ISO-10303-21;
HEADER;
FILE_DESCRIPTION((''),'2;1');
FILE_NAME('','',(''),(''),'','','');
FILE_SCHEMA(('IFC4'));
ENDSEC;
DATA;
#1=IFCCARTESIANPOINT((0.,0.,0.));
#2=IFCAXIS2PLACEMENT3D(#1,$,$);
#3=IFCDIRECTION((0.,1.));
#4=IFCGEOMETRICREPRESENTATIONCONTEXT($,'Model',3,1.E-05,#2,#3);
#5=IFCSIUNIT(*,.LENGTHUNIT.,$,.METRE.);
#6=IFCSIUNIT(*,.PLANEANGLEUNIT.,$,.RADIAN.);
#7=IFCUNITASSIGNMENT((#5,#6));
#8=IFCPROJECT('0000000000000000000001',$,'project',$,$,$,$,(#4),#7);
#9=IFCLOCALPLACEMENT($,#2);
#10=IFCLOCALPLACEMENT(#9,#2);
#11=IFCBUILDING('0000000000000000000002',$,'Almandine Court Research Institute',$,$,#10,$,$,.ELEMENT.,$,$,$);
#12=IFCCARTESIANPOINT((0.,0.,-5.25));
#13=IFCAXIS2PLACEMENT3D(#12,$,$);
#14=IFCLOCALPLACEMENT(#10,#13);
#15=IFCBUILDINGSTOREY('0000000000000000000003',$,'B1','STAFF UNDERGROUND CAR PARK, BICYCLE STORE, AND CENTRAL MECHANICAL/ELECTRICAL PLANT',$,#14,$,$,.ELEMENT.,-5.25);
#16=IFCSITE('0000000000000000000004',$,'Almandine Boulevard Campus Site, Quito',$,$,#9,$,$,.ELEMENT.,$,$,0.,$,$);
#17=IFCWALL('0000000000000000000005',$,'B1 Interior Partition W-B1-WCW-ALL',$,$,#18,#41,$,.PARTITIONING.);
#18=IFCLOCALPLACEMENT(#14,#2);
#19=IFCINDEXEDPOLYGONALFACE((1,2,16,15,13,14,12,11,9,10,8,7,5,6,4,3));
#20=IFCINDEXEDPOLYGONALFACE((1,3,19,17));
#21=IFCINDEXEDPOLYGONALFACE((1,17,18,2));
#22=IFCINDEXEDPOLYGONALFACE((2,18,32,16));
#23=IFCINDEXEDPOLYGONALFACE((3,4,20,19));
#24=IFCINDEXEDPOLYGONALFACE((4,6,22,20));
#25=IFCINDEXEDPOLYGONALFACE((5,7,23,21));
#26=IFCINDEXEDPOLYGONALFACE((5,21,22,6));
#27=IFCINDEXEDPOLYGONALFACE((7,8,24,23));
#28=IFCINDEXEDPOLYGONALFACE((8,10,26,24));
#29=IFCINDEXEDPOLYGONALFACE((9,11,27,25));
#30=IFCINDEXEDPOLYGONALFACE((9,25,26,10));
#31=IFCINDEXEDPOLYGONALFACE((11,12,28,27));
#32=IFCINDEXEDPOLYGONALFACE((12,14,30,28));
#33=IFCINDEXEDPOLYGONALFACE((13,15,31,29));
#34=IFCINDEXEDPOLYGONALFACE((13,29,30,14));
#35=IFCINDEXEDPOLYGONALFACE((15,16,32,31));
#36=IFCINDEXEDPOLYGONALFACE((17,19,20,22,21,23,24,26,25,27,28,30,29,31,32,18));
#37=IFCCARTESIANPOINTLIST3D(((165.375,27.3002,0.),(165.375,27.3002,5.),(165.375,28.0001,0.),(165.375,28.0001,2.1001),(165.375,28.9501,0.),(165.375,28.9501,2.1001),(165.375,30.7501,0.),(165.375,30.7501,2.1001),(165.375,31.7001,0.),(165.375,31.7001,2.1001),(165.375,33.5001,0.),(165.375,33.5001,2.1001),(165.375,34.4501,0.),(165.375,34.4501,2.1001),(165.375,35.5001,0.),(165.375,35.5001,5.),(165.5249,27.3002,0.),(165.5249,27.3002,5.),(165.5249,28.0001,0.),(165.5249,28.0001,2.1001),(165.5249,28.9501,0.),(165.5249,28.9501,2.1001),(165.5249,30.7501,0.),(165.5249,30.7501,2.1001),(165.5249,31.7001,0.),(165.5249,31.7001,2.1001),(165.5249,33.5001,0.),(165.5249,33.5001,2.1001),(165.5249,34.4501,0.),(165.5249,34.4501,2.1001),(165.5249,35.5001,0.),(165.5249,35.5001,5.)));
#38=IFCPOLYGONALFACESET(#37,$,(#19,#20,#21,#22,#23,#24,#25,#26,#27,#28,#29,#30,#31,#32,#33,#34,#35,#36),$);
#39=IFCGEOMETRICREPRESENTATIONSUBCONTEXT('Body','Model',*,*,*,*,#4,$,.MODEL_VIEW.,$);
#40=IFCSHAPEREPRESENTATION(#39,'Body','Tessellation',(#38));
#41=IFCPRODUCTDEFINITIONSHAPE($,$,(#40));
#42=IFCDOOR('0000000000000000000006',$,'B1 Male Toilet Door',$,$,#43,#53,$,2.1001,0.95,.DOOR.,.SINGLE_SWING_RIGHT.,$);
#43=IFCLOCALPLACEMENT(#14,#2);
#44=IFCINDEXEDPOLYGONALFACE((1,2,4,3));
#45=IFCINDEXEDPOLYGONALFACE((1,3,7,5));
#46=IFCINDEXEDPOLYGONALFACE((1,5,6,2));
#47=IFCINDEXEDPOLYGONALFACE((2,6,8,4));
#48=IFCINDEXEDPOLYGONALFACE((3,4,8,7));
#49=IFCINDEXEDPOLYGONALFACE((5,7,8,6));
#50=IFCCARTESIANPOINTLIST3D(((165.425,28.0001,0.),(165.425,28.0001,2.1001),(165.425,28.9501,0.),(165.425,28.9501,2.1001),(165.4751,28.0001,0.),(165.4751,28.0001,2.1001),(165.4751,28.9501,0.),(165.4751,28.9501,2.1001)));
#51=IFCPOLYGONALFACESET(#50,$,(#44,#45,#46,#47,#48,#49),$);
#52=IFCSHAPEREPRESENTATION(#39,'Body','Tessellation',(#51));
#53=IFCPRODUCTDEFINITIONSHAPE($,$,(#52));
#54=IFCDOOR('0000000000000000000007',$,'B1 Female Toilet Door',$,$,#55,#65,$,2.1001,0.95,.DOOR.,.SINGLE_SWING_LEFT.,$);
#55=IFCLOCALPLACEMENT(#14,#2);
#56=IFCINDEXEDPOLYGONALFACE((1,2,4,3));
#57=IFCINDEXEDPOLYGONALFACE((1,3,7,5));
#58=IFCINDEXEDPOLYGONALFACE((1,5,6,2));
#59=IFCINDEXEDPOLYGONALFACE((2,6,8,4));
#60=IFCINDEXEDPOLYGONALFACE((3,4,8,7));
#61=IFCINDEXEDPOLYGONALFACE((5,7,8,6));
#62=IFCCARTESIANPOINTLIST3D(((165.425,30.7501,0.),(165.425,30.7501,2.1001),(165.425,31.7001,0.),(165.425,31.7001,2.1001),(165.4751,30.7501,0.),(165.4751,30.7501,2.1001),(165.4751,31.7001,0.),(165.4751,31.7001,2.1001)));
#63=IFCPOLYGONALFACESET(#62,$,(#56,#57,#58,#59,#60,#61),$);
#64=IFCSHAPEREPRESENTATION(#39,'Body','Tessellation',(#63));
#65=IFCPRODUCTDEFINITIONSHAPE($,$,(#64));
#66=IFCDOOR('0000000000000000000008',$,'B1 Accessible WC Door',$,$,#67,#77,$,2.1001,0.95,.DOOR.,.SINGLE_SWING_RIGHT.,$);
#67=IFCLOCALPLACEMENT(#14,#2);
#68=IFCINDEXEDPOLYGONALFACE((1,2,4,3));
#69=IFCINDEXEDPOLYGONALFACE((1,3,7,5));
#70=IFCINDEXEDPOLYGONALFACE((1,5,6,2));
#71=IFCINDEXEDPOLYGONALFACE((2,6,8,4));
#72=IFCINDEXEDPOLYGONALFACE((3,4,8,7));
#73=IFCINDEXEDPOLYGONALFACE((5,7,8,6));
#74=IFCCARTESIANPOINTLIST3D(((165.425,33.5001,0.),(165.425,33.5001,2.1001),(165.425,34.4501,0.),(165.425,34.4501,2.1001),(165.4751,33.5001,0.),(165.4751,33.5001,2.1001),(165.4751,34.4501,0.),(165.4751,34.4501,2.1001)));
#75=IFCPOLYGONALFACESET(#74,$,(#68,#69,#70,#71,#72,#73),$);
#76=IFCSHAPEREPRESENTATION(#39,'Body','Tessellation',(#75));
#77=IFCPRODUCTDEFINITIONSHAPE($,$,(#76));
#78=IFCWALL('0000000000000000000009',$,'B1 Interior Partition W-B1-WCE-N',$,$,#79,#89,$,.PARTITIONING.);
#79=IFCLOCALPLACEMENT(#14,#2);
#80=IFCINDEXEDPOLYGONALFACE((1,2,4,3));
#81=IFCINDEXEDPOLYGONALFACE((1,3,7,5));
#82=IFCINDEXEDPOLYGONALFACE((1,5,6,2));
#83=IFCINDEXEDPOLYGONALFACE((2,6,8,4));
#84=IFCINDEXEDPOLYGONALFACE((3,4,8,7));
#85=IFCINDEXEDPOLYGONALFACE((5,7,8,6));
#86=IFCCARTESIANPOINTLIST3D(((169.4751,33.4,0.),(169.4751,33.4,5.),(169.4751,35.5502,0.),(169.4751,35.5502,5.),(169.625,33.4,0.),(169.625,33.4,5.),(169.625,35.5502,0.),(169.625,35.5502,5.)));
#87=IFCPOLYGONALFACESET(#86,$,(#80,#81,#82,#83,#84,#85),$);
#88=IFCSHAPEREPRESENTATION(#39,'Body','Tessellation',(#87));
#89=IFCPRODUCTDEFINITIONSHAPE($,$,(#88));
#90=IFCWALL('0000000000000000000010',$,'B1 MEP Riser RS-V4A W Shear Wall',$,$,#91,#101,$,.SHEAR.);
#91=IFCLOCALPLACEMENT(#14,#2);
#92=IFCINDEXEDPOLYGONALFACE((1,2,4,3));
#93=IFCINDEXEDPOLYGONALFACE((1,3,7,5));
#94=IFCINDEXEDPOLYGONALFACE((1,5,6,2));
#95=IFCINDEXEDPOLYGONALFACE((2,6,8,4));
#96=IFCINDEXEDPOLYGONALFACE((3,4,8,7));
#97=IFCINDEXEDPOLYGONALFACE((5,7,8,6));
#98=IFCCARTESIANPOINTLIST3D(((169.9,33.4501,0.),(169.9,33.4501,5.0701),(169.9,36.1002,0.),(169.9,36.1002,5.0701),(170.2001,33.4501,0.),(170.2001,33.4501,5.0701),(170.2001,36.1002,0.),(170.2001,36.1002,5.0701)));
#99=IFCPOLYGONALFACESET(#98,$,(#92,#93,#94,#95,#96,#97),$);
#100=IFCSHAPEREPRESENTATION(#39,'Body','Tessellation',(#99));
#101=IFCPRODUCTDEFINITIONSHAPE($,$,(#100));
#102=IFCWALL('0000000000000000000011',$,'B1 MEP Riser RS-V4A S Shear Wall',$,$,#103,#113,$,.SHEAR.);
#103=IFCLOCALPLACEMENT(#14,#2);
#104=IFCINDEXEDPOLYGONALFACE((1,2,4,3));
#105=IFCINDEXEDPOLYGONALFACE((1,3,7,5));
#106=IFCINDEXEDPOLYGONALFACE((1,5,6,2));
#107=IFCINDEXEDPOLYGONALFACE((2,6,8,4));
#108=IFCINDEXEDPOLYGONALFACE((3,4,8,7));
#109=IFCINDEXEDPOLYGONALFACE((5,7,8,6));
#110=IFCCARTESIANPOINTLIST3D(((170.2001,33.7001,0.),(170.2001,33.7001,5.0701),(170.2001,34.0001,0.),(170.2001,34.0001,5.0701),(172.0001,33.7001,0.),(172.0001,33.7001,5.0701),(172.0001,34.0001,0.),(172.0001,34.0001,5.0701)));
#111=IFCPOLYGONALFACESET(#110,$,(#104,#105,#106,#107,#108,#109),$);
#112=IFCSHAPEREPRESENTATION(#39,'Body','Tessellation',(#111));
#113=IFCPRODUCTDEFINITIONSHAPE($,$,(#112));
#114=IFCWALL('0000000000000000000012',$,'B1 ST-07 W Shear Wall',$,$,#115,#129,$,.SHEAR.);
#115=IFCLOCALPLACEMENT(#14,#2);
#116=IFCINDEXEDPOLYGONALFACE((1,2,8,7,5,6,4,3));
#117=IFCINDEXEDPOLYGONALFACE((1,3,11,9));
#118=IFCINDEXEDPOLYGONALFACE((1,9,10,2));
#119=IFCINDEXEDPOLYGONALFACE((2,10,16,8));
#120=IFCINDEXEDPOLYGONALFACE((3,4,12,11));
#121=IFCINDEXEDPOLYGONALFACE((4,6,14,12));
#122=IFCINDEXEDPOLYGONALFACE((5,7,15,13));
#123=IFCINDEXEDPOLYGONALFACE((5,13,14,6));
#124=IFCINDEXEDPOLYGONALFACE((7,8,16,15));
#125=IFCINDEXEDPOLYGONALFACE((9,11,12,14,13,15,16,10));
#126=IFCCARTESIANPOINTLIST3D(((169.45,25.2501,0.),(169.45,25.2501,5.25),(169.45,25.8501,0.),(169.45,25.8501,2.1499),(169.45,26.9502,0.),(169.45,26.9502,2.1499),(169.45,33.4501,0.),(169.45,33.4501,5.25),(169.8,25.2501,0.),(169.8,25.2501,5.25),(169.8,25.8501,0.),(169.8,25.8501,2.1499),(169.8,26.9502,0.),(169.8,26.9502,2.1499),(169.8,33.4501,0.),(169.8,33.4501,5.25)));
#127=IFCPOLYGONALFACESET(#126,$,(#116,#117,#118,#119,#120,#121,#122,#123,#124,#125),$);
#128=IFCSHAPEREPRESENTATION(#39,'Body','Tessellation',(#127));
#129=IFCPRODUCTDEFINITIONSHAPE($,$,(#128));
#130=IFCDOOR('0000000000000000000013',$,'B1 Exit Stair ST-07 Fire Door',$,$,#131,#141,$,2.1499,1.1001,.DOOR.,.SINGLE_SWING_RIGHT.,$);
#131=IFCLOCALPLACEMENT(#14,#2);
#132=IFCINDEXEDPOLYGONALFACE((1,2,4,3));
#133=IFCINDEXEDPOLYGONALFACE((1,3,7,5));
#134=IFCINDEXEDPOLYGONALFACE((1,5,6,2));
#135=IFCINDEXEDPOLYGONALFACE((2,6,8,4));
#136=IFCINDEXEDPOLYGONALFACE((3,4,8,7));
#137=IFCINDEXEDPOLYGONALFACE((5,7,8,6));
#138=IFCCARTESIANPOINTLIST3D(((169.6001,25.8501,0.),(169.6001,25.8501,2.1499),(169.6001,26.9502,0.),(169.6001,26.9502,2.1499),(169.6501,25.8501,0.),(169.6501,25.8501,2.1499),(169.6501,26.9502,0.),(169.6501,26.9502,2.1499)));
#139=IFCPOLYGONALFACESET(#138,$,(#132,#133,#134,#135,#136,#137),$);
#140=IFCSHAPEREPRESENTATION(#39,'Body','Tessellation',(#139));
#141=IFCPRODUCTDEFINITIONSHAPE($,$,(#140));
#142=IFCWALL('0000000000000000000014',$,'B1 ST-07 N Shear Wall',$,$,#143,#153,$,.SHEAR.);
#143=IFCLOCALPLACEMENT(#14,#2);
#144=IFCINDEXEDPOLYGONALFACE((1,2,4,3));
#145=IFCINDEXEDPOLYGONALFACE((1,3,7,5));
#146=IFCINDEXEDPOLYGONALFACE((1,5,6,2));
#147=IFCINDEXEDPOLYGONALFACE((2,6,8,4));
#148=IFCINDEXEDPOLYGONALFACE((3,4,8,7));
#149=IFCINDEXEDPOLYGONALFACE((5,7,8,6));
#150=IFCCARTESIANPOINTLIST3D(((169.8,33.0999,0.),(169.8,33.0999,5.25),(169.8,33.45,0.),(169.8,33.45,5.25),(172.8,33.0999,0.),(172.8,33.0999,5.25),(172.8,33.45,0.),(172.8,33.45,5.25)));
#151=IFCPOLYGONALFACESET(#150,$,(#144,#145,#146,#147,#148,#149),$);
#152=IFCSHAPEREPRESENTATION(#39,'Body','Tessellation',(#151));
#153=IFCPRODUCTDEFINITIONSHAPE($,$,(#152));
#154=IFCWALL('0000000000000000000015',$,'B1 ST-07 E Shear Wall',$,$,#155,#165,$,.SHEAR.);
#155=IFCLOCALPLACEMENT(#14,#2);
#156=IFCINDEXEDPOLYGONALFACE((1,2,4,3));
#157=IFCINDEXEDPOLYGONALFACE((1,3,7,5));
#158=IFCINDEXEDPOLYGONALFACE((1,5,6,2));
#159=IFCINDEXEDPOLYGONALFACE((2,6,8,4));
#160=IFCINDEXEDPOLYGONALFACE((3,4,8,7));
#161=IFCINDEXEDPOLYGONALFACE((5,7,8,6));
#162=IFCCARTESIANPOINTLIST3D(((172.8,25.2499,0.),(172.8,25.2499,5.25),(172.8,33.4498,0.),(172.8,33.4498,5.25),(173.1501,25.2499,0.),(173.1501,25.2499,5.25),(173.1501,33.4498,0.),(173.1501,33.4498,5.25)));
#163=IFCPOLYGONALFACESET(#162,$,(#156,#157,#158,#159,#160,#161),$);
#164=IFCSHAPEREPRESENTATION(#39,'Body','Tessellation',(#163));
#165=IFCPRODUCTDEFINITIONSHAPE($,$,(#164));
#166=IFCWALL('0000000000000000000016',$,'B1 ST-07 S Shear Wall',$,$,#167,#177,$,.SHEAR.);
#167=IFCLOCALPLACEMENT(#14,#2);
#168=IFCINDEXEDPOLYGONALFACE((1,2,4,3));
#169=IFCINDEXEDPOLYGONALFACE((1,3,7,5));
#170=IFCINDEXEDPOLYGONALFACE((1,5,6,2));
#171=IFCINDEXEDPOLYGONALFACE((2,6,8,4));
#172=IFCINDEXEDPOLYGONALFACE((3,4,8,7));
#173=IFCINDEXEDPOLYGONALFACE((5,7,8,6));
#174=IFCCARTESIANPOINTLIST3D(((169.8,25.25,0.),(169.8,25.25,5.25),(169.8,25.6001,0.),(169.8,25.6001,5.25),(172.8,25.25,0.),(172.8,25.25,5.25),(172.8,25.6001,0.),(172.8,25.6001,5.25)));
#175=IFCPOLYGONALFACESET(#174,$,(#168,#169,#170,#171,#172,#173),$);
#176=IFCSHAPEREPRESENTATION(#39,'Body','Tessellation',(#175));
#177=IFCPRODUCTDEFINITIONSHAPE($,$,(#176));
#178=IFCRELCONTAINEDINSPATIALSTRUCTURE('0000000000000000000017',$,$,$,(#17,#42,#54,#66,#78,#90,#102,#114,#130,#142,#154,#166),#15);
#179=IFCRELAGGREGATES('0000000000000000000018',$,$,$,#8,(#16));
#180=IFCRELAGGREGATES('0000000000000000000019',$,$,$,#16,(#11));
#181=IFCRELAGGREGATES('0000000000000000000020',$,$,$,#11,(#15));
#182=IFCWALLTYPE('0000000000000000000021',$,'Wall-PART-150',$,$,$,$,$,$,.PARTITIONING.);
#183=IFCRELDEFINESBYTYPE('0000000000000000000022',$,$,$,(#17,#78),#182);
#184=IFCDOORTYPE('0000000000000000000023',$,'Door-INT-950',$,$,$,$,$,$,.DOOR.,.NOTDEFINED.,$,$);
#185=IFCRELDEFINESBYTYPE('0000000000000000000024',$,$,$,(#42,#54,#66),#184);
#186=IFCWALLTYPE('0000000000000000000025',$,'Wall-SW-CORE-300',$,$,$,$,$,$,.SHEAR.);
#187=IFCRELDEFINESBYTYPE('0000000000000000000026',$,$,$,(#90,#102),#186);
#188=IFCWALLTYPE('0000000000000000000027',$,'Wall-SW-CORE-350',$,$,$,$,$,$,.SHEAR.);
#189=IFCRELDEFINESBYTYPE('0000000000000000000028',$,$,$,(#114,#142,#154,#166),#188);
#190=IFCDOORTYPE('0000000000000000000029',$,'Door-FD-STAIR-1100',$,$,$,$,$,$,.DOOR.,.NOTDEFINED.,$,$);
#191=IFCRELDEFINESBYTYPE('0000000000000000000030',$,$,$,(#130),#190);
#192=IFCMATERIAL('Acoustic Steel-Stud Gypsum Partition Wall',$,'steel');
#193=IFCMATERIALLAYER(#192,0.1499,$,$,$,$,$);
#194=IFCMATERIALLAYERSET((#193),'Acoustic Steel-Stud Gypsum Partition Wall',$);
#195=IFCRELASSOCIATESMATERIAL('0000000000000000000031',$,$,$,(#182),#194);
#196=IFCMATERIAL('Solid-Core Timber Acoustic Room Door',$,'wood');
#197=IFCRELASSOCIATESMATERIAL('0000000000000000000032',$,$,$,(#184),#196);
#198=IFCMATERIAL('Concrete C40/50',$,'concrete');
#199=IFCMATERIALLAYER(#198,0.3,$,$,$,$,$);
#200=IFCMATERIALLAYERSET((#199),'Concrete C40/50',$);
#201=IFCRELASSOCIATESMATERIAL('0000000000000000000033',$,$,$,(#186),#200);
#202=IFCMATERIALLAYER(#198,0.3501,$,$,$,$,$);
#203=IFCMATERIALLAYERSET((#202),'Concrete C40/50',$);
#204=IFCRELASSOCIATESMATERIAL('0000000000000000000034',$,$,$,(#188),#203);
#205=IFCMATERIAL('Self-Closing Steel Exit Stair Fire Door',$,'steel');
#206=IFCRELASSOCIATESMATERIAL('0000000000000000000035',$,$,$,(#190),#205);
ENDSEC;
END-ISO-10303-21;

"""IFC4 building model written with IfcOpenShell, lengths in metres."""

from ifc_helpers import new_model, si_unit, direction, frame, frame_2d, origin, place, context, subcontext, project, spatial, rectangle, extrude, material, layer, layer_set, type_object, element, fill, save


model = new_model("IFC4")

# Units and contexts
model_context = context("Model", 3, precision=1e-05, world=origin(), true_north=direction((0.0, 1.0)))
body_context = subcontext(model_context, "Body", "Model", "MODEL_VIEW")
ifc_project = project(units=[si_unit("LENGTHUNIT", "METRE"), si_unit("PLANEANGLEUNIT", "RADIAN")], contexts=[model_context])

# Site, building, storey
site_placement = place(None, origin())
site = spatial("IfcSite", under=ifc_project, at=site_placement, Name="Almandine Boulevard Campus Site, Quito", CompositionType="ELEMENT", RefElevation=0.0)
building_placement = place(site_placement, origin())
building = spatial("IfcBuilding", under=site, at=building_placement, Name="Almandine Court Research Institute", CompositionType="ELEMENT")
storey_placement = place(building_placement, frame((0.0, 0.0, -5.25)))
storey = spatial("IfcBuildingStorey", under=building, at=storey_placement, Name="B1", Description="STAFF UNDERGROUND CAR PARK, BICYCLE STORE, AND CENTRAL MECHANICAL/ELECTRICAL PLANT", CompositionType="ELEMENT", Elevation=-5.25)

# Shared definitions
ifc_material_1 = material(Name="Concrete C40/50", Category="concrete")

# Shared definitions
ifc_material_2 = material(Name="Acoustic Steel-Stud Gypsum Partition Wall", Category="steel")
ifc_layer_1 = layer(ifc_material_2, 0.1499)
ifc_layer_set_1 = layer_set([ifc_layer_1], Name="Acoustic Steel-Stud Gypsum Partition Wall")
wall_type_1 = type_object("IfcWallType", Name="Wall-PART-150", PredefinedType="PARTITIONING", material=ifc_layer_set_1)

# Wall, openings, doors
wall_1_placement = place(storey_placement, frame((165.45, 27.3, 0.0), z_axis=(0.0, 0.0, 1.0), x_axis=(0.0, 1.0, 0.0)))
wall_1 = element("IfcWall", 1, at=wall_1_placement, inside=storey, type_object=wall_type_1, Name="B1 Interior Partition W-B1-WCW-ALL", PredefinedType="PARTITIONING", context=body_context, shape_type="SweptSolid", body=[
    extrude(rectangle(XDim=8.2, YDim=0.1499, at=frame_2d((4.1001, 0.0))), origin(), (0.0, 0.0, 1.0), 5.0),
])
opening_1_placement = place(wall_1_placement, frame((0.7, 0.0, 0.0)))
opening_1 = element("IfcOpeningElement", 2, at=opening_1_placement, cuts=wall_1, PredefinedType="OPENING", context=body_context, shape_type="SweptSolid", body=[
    extrude(rectangle(XDim=0.95, YDim=2.1001, at=frame_2d((0.4751, 1.05))), frame((0.0, 0.085, 0.0), z_axis=(0.0, -1.0, 0.0), x_axis=(1.0, 0.0, 0.0)), (0.0, 0.0, 1.0), 0.1699),
])
opening_2_placement = place(wall_1_placement, frame((3.45, 0.0, 0.0)))
opening_2 = element("IfcOpeningElement", 3, at=opening_2_placement, cuts=wall_1, PredefinedType="OPENING", context=body_context, shape_type="SweptSolid", body=[
    extrude(rectangle(XDim=0.95, YDim=2.1001, at=frame_2d((0.4751, 1.05))), frame((0.0, 0.085, 0.0), z_axis=(0.0, -1.0, 0.0), x_axis=(1.0, 0.0, 0.0)), (0.0, 0.0, 1.0), 0.1699),
])
opening_3_placement = place(wall_1_placement, frame((6.2, 0.0, 0.0)))
opening_3 = element("IfcOpeningElement", 4, at=opening_3_placement, cuts=wall_1, PredefinedType="OPENING", context=body_context, shape_type="SweptSolid", body=[
    extrude(rectangle(XDim=0.95, YDim=2.1001, at=frame_2d((0.4751, 1.05))), frame((0.0, 0.085, 0.0), z_axis=(0.0, -1.0, 0.0), x_axis=(1.0, 0.0, 0.0)), (0.0, 0.0, 1.0), 0.1699),
])
ifc_material_3 = material(Name="Solid-Core Timber Acoustic Room Door", Category="wood")
door_type_1 = type_object("IfcDoorType", Name="Door-INT-950", OperationType="NOTDEFINED", PredefinedType="DOOR", material=ifc_material_3)
door_1_placement = place(opening_1_placement, origin())
door_1 = element("IfcDoor", 5, at=door_1_placement, inside=storey, type_object=door_type_1, Name="B1 Male Toilet Door", OperationType="SINGLE_SWING_RIGHT", OverallHeight=2.1001, OverallWidth=0.95, PredefinedType="DOOR", context=body_context, shape_type="SweptSolid", body=[
    extrude(rectangle(XDim=0.95, YDim=2.1001, at=frame_2d((0.4751, 1.05))), frame((0.0, 0.0249, 0.0), z_axis=(0.0, -1.0, 0.0), x_axis=(1.0, 0.0, 0.0)), (0.0, 0.0, 1.0), 0.05),
])
fill(opening_1, door_1)
door_2_placement = place(opening_2_placement, origin())
door_2 = element("IfcDoor", 6, at=door_2_placement, inside=storey, type_object=door_type_1, Name="B1 Female Toilet Door", OperationType="SINGLE_SWING_LEFT", OverallHeight=2.1001, OverallWidth=0.95, PredefinedType="DOOR", context=body_context, shape_type="SweptSolid", body=[
    extrude(rectangle(XDim=0.95, YDim=2.1001, at=frame_2d((0.4751, 1.05))), frame((0.0, 0.0249, 0.0), z_axis=(0.0, -1.0, 0.0), x_axis=(1.0, 0.0, 0.0)), (0.0, 0.0, 1.0), 0.05),
])
fill(opening_2, door_2)
door_3_placement = place(opening_3_placement, origin())
door_3 = element("IfcDoor", 7, at=door_3_placement, inside=storey, type_object=door_type_1, Name="B1 Accessible WC Door", OperationType="SINGLE_SWING_RIGHT", OverallHeight=2.1001, OverallWidth=0.95, PredefinedType="DOOR", context=body_context, shape_type="SweptSolid", body=[
    extrude(rectangle(XDim=0.95, YDim=2.1001, at=frame_2d((0.4751, 1.05))), frame((0.0, 0.0249, 0.0), z_axis=(0.0, -1.0, 0.0), x_axis=(1.0, 0.0, 0.0)), (0.0, 0.0, 1.0), 0.05),
])
fill(opening_3, door_3)

# Walls
wall_2_placement = place(storey_placement, frame((169.55, 33.3999, 0.0), z_axis=(0.0, 0.0, 1.0), x_axis=(0.0, 1.0, 0.0)))
element("IfcWall", 8, at=wall_2_placement, inside=storey, type_object=wall_type_1, Name="B1 Interior Partition W-B1-WCE-N", PredefinedType="PARTITIONING", context=body_context, shape_type="SweptSolid", body=[
    extrude(rectangle(XDim=2.1501, YDim=0.1499, at=frame_2d((1.0752, 0.0))), origin(), (0.0, 0.0, 1.0), 5.0),
])
ifc_layer_2 = layer(ifc_material_1, 0.3)
ifc_layer_set_2 = layer_set([ifc_layer_2], Name="Concrete C40/50")
wall_type_2 = type_object("IfcWallType", Name="Wall-SW-CORE-300", PredefinedType="SHEAR", material=ifc_layer_set_2)
wall_3_placement = place(storey_placement, frame((170.05, 33.45, 0.0), z_axis=(0.0, 0.0, 1.0), x_axis=(0.0, 1.0, 0.0)))
element("IfcWall", 9, at=wall_3_placement, inside=storey, type_object=wall_type_2, Name="B1 MEP Riser RS-V4A W Shear Wall", PredefinedType="SHEAR", context=body_context, shape_type="SweptSolid", body=[
    extrude(rectangle(XDim=2.6501, YDim=0.3, at=frame_2d((1.3252, 0.0))), origin(), (0.0, 0.0, 1.0), 5.0701),
])
wall_4_placement = place(storey_placement, frame((172.0, 33.8501, 0.0), z_axis=(0.0, 0.0, 1.0), x_axis=(-1.0, 0.0, 0.0)))
element("IfcWall", 10, at=wall_4_placement, inside=storey, type_object=wall_type_2, Name="B1 MEP Riser RS-V4A S Shear Wall", PredefinedType="SHEAR", context=body_context, shape_type="SweptSolid", body=[
    extrude(rectangle(XDim=1.8, YDim=0.3, at=frame_2d((0.8999, 0.0))), origin(), (0.0, 0.0, 1.0), 5.0701),
])

# Wall, opening, door
ifc_layer_3 = layer(ifc_material_1, 0.3501)
ifc_layer_set_3 = layer_set([ifc_layer_3], Name="Concrete C40/50")
wall_type_3 = type_object("IfcWallType", Name="Wall-SW-CORE-350", PredefinedType="SHEAR", material=ifc_layer_set_3)
wall_5_placement = place(storey_placement, frame((169.625, 25.25, 0.0), z_axis=(0.0, 0.0, 1.0), x_axis=(0.0, 1.0, 0.0)))
wall_5 = element("IfcWall", 11, at=wall_5_placement, inside=storey, type_object=wall_type_3, Name="B1 ST-07 W Shear Wall", PredefinedType="SHEAR", context=body_context, shape_type="SweptSolid", body=[
    extrude(rectangle(XDim=8.2, YDim=0.3501, at=frame_2d((4.1001, 0.0))), origin(), (0.0, 0.0, 1.0), 5.25),
])
opening_4_placement = place(wall_5_placement, frame((0.6001, 0.0, 0.0)))
opening_4 = element("IfcOpeningElement", 12, at=opening_4_placement, cuts=wall_5, PredefinedType="OPENING", context=body_context, shape_type="SweptSolid", body=[
    extrude(rectangle(XDim=1.1001, YDim=2.1499, at=frame_2d((0.55, 1.075))), frame((0.0, 0.1851, 0.0), z_axis=(0.0, -1.0, 0.0), x_axis=(1.0, 0.0, 0.0)), (0.0, 0.0, 1.0), 0.3701),
])
ifc_material_4 = material(Name="Self-Closing Steel Exit Stair Fire Door", Category="steel")
door_type_2 = type_object("IfcDoorType", Name="Door-FD-STAIR-1100", OperationType="NOTDEFINED", PredefinedType="DOOR", material=ifc_material_4)
door_4_placement = place(opening_4_placement, origin())
door_4 = element("IfcDoor", 13, at=door_4_placement, inside=storey, type_object=door_type_2, Name="B1 Exit Stair ST-07 Fire Door", OperationType="SINGLE_SWING_RIGHT", OverallHeight=2.1499, OverallWidth=1.1001, PredefinedType="DOOR", context=body_context, shape_type="SweptSolid", body=[
    extrude(rectangle(XDim=1.1001, YDim=2.1499, at=frame_2d((0.55, 1.075))), frame((0.0, 0.0249, 0.0), z_axis=(0.0, -1.0, 0.0), x_axis=(1.0, 0.0, 0.0)), (0.0, 0.0, 1.0), 0.05),
])
fill(opening_4, door_4)

# Walls
wall_6_placement = place(storey_placement, frame((169.8, 33.2749, 0.0), z_axis=(0.0, 0.0, 1.0), x_axis=(1.0, 0.0, 0.0)))
element("IfcWall", 14, at=wall_6_placement, inside=storey, type_object=wall_type_3, Name="B1 ST-07 N Shear Wall", PredefinedType="SHEAR", context=body_context, shape_type="SweptSolid", body=[
    extrude(rectangle(XDim=3.0, YDim=0.3501, at=frame_2d((1.5, 0.0))), origin(), (0.0, 0.0, 1.0), 5.25),
])
wall_7_placement = place(storey_placement, frame((172.9751, 33.45, 0.0), z_axis=(0.0, 0.0, 1.0), x_axis=(0.0, -1.0, 0.0)))
element("IfcWall", 15, at=wall_7_placement, inside=storey, type_object=wall_type_3, Name="B1 ST-07 E Shear Wall", PredefinedType="SHEAR", context=body_context, shape_type="SweptSolid", body=[
    extrude(rectangle(XDim=8.2, YDim=0.3501, at=frame_2d((4.1001, 0.0))), origin(), (0.0, 0.0, 1.0), 5.25),
])
wall_8_placement = place(storey_placement, frame((172.8, 25.425, 0.0), z_axis=(0.0, 0.0, 1.0), x_axis=(-1.0, 0.0, 0.0)))
element("IfcWall", 16, at=wall_8_placement, inside=storey, type_object=wall_type_3, Name="B1 ST-07 S Shear Wall", PredefinedType="SHEAR", context=body_context, shape_type="SweptSolid", body=[
    extrude(rectangle(XDim=3.0, YDim=0.3501, at=frame_2d((1.5, 0.0))), origin(), (0.0, 0.0, 1.0), 5.25),
])

save(model, "model.ifc")
